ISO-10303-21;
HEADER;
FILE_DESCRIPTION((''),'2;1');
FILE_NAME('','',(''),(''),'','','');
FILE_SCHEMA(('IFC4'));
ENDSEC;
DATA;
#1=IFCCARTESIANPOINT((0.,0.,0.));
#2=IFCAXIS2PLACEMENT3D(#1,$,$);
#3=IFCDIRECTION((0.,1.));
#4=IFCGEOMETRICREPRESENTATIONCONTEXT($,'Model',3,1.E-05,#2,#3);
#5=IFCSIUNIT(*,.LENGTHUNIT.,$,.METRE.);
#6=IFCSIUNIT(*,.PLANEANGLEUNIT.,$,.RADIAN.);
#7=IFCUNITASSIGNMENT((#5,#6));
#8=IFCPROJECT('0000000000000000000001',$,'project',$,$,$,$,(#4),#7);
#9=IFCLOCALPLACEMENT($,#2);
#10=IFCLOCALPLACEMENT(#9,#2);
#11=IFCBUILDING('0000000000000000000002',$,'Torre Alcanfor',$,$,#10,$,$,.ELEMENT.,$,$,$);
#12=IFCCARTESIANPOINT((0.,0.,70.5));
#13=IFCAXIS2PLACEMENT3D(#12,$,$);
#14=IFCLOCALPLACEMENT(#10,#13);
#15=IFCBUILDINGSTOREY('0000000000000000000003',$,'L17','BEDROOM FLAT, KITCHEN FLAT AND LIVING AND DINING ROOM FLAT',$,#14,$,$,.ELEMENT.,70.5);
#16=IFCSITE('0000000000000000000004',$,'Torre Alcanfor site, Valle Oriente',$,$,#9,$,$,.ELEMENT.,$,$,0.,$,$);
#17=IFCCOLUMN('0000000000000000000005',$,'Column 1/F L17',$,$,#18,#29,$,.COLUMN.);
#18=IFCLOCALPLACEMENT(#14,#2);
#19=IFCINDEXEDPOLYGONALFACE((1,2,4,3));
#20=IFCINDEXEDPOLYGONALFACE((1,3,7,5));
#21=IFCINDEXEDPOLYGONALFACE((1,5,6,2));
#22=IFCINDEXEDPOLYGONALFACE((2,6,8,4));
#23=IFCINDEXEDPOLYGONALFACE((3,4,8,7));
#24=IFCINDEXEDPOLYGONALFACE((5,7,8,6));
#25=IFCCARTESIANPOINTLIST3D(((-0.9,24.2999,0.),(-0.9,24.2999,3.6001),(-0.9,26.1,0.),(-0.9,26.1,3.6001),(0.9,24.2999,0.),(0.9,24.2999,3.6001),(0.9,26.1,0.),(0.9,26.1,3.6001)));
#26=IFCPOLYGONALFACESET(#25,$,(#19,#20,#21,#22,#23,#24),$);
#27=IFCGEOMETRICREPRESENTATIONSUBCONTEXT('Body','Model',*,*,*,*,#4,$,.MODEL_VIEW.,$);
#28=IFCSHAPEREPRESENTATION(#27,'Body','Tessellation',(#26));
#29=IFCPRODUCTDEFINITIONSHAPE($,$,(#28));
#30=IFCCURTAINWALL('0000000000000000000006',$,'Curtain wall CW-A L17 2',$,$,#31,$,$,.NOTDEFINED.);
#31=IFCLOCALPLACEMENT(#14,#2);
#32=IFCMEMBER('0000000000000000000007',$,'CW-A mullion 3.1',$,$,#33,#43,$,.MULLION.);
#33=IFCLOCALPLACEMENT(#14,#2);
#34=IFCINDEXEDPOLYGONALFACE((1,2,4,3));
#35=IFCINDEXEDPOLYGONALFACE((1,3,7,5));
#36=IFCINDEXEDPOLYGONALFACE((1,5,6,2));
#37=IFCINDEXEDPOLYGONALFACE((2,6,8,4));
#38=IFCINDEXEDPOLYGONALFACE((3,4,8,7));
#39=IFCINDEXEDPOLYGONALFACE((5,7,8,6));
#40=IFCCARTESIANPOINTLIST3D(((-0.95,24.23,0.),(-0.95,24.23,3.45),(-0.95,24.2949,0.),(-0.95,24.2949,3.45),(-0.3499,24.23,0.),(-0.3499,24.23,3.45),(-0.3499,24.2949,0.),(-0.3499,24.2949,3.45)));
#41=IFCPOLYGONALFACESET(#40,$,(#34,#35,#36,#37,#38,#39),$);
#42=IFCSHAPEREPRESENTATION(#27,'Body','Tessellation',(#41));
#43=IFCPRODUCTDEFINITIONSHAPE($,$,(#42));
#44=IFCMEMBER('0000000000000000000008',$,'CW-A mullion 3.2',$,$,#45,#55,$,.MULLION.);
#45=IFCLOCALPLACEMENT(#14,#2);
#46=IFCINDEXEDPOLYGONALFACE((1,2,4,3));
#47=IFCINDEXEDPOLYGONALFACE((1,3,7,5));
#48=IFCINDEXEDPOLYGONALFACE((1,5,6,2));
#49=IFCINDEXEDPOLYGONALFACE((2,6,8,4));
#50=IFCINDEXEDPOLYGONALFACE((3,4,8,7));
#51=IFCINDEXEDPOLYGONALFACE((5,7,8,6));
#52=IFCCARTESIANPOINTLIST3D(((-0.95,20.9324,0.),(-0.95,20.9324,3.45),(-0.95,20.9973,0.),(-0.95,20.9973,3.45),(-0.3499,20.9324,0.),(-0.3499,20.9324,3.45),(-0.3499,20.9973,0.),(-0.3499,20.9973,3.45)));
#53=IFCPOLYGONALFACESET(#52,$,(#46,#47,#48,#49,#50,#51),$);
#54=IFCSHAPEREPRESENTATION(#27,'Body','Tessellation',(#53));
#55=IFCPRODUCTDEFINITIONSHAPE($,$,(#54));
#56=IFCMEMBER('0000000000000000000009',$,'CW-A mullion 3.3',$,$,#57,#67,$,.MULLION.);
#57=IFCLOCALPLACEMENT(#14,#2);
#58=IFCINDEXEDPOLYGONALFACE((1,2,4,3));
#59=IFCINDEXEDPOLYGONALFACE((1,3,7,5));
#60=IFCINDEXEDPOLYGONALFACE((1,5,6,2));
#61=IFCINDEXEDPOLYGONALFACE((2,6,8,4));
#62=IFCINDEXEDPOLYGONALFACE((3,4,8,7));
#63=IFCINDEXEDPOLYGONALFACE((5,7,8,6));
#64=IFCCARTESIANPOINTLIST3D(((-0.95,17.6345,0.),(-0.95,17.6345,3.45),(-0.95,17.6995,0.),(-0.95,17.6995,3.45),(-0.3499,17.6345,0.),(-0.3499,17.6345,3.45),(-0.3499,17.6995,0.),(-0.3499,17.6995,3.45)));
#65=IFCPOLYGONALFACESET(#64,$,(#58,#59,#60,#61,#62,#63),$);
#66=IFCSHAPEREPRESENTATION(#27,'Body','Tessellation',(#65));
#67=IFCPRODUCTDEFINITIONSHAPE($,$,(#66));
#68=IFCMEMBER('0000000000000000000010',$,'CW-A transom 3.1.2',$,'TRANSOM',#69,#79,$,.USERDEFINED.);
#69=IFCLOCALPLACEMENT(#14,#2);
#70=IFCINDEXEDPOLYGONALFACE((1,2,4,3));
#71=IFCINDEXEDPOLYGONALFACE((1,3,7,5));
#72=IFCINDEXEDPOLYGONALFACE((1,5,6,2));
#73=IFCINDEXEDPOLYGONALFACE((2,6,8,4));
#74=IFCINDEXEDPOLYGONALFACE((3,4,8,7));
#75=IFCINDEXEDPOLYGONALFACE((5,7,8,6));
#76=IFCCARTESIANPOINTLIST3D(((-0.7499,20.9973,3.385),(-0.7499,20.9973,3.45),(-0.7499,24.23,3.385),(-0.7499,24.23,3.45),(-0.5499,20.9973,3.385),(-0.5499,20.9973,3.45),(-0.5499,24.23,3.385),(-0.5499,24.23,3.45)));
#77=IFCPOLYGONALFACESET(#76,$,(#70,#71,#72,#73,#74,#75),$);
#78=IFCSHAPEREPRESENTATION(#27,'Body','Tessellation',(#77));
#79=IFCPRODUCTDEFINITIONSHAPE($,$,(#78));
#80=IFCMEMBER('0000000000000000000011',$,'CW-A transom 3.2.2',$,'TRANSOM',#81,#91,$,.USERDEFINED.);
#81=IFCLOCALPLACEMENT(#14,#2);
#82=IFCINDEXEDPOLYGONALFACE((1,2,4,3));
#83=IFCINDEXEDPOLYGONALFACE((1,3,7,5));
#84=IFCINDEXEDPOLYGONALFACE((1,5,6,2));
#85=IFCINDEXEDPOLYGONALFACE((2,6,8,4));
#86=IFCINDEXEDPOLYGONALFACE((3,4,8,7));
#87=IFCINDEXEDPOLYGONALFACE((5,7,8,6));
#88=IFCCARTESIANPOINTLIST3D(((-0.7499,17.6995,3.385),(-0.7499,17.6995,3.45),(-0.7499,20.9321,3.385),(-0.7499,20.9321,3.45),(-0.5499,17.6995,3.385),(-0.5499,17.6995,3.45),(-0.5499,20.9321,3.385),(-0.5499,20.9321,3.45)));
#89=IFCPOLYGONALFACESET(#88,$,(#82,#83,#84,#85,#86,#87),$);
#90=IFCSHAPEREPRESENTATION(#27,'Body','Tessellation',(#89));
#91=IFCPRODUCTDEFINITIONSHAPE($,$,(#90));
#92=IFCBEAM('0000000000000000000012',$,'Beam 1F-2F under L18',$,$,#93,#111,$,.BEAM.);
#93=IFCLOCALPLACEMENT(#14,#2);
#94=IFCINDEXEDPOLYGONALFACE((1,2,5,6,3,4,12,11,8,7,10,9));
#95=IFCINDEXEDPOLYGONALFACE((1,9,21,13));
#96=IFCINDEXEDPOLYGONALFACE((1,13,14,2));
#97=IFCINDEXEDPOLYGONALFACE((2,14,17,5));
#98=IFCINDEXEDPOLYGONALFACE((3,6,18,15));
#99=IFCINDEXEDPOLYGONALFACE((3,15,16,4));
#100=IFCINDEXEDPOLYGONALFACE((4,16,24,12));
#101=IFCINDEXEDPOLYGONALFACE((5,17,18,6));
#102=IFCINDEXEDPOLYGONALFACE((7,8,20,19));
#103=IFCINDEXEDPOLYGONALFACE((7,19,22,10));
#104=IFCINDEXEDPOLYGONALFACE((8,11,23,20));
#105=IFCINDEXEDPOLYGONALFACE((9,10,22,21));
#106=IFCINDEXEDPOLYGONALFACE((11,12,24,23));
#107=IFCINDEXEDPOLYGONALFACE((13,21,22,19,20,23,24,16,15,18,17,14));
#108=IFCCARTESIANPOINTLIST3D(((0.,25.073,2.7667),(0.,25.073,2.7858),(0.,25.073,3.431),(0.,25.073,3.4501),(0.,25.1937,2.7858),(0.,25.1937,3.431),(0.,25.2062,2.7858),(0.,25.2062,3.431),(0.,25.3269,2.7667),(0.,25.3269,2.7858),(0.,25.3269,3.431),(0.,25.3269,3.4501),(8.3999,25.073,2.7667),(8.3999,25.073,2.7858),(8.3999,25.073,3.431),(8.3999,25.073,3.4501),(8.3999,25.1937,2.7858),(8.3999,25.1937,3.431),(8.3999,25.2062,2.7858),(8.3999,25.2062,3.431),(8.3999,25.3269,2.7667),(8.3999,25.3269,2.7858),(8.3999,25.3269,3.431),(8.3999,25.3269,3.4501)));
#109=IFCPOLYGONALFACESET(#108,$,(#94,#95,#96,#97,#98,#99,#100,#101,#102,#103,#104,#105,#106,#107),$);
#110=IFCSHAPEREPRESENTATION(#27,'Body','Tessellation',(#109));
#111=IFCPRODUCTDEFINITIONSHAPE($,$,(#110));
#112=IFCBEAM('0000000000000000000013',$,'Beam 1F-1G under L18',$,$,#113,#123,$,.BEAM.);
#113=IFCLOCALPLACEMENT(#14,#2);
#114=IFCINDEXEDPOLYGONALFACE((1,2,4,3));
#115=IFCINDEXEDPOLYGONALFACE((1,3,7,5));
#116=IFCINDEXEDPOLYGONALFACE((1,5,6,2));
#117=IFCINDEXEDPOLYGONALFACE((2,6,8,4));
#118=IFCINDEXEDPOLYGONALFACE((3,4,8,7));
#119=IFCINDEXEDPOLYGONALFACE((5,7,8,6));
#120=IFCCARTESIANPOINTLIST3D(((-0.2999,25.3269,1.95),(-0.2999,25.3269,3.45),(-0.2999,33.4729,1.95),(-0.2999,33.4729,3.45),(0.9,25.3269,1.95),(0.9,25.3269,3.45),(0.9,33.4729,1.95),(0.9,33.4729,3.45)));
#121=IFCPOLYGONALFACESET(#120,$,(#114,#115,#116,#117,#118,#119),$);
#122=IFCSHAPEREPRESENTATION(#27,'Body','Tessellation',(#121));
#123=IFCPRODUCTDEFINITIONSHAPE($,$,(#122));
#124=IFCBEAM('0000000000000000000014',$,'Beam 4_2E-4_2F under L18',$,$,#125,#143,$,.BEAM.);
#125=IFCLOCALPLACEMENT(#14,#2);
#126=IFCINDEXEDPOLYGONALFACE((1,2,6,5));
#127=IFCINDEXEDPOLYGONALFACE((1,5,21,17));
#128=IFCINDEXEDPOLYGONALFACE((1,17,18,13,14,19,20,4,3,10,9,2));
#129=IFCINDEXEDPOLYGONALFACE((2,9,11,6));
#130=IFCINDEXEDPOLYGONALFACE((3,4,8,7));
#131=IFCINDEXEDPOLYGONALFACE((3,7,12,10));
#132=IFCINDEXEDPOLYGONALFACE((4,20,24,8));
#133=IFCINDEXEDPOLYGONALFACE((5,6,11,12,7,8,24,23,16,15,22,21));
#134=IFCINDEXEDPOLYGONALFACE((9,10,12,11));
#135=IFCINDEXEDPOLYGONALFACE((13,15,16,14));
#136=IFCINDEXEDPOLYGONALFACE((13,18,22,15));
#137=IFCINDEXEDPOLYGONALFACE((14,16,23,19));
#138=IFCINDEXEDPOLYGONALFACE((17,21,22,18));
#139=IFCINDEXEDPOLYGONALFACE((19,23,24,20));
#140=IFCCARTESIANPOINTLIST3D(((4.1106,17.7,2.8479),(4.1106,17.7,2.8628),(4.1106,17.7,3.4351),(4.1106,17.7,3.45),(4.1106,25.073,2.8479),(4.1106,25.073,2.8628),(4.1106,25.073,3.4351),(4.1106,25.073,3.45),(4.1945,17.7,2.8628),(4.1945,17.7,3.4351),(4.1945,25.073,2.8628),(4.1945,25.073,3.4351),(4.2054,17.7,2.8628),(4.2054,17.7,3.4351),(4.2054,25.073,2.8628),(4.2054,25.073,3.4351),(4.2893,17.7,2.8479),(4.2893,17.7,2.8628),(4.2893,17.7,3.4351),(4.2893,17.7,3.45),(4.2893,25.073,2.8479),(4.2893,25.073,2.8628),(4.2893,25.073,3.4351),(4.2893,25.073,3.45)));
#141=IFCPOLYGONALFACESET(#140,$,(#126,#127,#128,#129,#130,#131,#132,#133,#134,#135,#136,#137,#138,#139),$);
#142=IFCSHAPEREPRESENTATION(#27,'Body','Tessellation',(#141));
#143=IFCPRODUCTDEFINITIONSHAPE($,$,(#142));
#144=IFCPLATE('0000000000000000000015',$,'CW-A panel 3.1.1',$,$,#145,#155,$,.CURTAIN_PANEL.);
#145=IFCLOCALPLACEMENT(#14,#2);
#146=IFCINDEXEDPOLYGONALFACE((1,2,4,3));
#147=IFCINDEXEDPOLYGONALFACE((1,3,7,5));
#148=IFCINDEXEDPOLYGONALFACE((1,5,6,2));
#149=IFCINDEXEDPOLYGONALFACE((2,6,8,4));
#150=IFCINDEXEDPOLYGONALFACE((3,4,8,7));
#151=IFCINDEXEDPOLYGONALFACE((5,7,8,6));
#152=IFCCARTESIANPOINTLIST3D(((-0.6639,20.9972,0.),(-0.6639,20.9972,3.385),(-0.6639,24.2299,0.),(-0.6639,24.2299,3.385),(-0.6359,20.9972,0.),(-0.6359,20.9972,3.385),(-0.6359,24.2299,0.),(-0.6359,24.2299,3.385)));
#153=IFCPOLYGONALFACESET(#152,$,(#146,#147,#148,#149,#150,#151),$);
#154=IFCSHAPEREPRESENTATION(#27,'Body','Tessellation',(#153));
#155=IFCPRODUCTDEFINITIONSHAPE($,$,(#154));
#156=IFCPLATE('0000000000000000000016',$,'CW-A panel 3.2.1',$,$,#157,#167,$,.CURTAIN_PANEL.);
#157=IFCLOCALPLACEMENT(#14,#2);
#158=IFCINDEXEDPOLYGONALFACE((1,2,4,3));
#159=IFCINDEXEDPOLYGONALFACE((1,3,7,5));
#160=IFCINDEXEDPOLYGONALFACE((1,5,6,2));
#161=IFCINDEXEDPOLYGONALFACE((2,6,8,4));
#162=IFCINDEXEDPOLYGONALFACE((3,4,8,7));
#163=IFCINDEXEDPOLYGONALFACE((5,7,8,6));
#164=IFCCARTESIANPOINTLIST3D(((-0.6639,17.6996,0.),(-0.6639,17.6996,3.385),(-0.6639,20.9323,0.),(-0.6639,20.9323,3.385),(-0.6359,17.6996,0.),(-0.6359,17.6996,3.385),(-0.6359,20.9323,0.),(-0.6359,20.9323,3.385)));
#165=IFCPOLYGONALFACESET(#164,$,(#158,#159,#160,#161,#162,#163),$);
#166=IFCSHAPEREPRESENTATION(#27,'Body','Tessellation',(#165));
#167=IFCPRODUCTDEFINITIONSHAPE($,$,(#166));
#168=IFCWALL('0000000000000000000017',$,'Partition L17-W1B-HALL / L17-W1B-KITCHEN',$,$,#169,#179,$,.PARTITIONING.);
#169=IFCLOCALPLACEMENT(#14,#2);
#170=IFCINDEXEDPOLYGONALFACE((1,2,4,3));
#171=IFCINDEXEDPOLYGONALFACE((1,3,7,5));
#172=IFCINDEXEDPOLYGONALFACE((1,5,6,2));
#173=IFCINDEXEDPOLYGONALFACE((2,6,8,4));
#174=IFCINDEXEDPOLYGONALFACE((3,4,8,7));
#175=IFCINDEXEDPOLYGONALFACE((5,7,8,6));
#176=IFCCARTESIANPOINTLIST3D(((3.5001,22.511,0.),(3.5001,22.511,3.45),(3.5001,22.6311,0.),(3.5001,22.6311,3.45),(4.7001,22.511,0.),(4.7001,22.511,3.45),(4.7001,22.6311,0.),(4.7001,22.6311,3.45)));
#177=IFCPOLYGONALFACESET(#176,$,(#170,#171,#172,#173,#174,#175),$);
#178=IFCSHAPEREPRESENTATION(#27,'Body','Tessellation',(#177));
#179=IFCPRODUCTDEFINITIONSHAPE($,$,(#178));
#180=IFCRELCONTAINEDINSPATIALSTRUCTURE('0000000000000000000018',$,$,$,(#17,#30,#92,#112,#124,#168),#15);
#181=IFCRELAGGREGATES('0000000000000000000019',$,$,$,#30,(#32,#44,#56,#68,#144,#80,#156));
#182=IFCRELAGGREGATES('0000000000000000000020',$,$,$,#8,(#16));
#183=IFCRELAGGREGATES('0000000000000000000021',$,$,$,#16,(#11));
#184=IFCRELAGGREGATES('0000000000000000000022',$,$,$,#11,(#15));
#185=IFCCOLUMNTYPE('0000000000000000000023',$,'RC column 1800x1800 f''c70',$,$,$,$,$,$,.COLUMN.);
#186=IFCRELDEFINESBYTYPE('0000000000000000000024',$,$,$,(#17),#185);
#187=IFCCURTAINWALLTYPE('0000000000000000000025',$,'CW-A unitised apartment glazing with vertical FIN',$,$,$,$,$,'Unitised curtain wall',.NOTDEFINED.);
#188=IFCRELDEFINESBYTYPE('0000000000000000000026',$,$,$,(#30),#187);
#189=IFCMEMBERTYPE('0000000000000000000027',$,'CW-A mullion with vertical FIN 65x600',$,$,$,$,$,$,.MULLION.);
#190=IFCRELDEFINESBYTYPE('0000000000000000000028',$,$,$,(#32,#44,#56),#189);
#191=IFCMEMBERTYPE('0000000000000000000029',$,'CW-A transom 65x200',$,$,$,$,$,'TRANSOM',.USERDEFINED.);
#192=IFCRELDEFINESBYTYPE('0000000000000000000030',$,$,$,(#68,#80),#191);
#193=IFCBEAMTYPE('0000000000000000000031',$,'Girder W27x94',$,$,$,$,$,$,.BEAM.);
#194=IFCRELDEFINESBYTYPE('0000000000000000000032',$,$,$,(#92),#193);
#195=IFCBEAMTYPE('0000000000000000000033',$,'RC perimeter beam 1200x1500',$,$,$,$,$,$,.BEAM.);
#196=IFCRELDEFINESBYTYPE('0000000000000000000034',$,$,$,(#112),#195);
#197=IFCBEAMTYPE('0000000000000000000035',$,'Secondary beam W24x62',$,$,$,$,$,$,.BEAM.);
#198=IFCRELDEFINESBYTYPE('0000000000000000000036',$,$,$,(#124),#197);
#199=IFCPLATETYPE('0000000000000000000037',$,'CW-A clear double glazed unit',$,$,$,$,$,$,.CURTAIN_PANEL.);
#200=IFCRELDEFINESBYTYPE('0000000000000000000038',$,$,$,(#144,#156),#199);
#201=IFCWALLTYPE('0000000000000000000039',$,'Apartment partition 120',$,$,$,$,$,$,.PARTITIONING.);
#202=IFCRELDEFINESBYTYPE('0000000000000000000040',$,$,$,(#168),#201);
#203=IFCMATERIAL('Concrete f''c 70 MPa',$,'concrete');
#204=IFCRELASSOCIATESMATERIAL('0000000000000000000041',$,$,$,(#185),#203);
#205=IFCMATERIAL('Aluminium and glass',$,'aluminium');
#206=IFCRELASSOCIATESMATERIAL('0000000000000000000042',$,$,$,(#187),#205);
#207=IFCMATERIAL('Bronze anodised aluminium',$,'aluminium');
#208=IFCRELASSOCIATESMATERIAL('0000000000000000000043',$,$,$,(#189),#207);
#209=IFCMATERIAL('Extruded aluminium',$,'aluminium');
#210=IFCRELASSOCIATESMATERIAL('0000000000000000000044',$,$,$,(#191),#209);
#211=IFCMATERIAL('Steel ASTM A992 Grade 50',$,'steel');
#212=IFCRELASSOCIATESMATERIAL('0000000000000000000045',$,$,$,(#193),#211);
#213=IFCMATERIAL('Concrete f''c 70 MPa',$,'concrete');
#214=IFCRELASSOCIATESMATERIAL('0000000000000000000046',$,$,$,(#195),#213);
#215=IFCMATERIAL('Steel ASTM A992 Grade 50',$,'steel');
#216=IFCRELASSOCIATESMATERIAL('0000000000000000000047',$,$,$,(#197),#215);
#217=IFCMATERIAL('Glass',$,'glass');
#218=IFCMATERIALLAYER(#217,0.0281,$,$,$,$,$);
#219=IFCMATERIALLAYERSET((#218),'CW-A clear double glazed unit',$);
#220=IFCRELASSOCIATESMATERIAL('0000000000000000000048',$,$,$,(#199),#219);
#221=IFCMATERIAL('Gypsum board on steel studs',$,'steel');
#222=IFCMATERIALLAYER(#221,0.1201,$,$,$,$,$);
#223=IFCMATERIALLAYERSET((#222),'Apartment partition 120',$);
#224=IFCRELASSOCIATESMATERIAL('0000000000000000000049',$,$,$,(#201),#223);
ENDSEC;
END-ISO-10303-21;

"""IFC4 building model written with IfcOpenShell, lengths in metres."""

from ifc_helpers import new_model, si_unit, direction, frame, frame_2d, origin, origin_2d, place, context, subcontext, project, spatial, rectangle, i_section, extrude, material, layer, layer_set, material_profile, profile_set, type_object, element, aggregate, save


model = new_model("IFC4")

# Units and contexts
model_context = context("Model", 3, precision=1e-05, world=origin(), true_north=direction((0.0, 1.0)))
body_context = subcontext(model_context, "Body", "Model", "MODEL_VIEW")
ifc_project = project(units=[si_unit("LENGTHUNIT", "METRE"), si_unit("PLANEANGLEUNIT", "RADIAN")], contexts=[model_context])

# Site, building, storey
site_placement = place(None, origin())
site = spatial("IfcSite", under=ifc_project, at=site_placement, Name="Torre Alcanfor site, Valle Oriente", CompositionType="ELEMENT", RefElevation=0.0)
building_placement = place(site_placement, origin())
building = spatial("IfcBuilding", under=site, at=building_placement, Name="Torre Alcanfor", CompositionType="ELEMENT")
storey_placement = place(building_placement, frame((0.0, 0.0, 70.5)))
storey = spatial("IfcBuildingStorey", under=building, at=storey_placement, Name="L17", Description="BEDROOM FLAT, KITCHEN FLAT AND LIVING AND DINING ROOM FLAT", CompositionType="ELEMENT", Elevation=70.5)

# Column
ifc_material_1 = material(Name="Concrete f'c 70 MPa", Category="concrete")
ifc_material_profile_1 = material_profile(ifc_material_1, rectangle(XDim=1.8, YDim=1.8, at=origin_2d()), Name="1800x1800")
ifc_profile_set_1 = profile_set([ifc_material_profile_1], Name="Concrete f'c 70 MPa")
column_type = type_object("IfcColumnType", Name="RC column 1800x1800 f'c70", PredefinedType="COLUMN", material=ifc_profile_set_1)
column_placement = place(storey_placement, frame((0.0, 25.2, 0.0), z_axis=(0.0, 0.0, 1.0), x_axis=(1.0, 0.0, 0.0)))
element("IfcColumn", 1, at=column_placement, inside=storey, type_object=column_type, Name="Column 1/F L17", PredefinedType="COLUMN", context=body_context, shape_type="SweptSolid", body=[
    extrude(rectangle(XDim=1.8, YDim=1.8, at=origin_2d()), origin(), (0.0, 0.0, 1.0), 3.6001),
])

# Curtain wall, members
ifc_material_2 = material(Name="Aluminium and glass", Category="aluminium")
curtain_wall_type = type_object("IfcCurtainWallType", Name="CW-A unitised apartment glazing with vertical FIN", ElementType="Unitised curtain wall", PredefinedType="NOTDEFINED", material=ifc_material_2)
curtain_wall_placement = place(storey_placement, origin())
curtain_wall = element("IfcCurtainWall", 2, at=curtain_wall_placement, inside=storey, type_object=curtain_wall_type, Name="Curtain wall CW-A L17 2", PredefinedType="NOTDEFINED")
ifc_material_3 = material(Name="Bronze anodised aluminium", Category="aluminium")
ifc_material_profile_2 = material_profile(ifc_material_3, rectangle(XDim=0.6001, YDim=0.0649, at=origin_2d()), Name="CW-A mullion 65x600")
ifc_profile_set_2 = profile_set([ifc_material_profile_2], Name="Bronze anodised aluminium")
member_type_1 = type_object("IfcMemberType", Name="CW-A mullion with vertical FIN 65x600", PredefinedType="MULLION", material=ifc_profile_set_2)
member_1_placement = place(storey_placement, frame((-0.6499, 24.2625, 0.0), z_axis=(0.0, 0.0, 1.0), x_axis=(1.0, 0.0, 0.0)))
member_1 = element("IfcMember", 3, at=member_1_placement, type_object=member_type_1, Name="CW-A mullion 3.1", PredefinedType="MULLION", context=body_context, shape_type="SweptSolid", body=[
    extrude(rectangle(XDim=0.6001, YDim=0.0649, at=origin_2d()), origin(), (0.0, 0.0, 1.0), 3.45),
])
member_2_placement = place(storey_placement, frame((-0.6499, 20.9648, 0.0), z_axis=(0.0, 0.0, 1.0), x_axis=(1.0, 0.0, 0.0)))
member_2 = element("IfcMember", 4, at=member_2_placement, type_object=member_type_1, Name="CW-A mullion 3.2", PredefinedType="MULLION", context=body_context, shape_type="SweptSolid", body=[
    extrude(rectangle(XDim=0.6001, YDim=0.0649, at=origin_2d()), origin(), (0.0, 0.0, 1.0), 3.45),
])
member_3_placement = place(storey_placement, frame((-0.6499, 17.667, 0.0), z_axis=(0.0, 0.0, 1.0), x_axis=(1.0, 0.0, 0.0)))
member_3 = element("IfcMember", 5, at=member_3_placement, type_object=member_type_1, Name="CW-A mullion 3.3", PredefinedType="MULLION", context=body_context, shape_type="SweptSolid", body=[
    extrude(rectangle(XDim=0.6001, YDim=0.0649, at=origin_2d()), origin(), (0.0, 0.0, 1.0), 3.45),
])
ifc_material_4 = material(Name="Extruded aluminium", Category="aluminium")
ifc_material_profile_3 = material_profile(ifc_material_4, rectangle(XDim=0.2, YDim=0.0649, at=origin_2d()), Name="CW-A transom 200x65")
ifc_profile_set_3 = profile_set([ifc_material_profile_3], Name="Extruded aluminium")
member_type_2 = type_object("IfcMemberType", Name="CW-A transom 65x200", ElementType="TRANSOM", PredefinedType="USERDEFINED", material=ifc_profile_set_3)
member_4_placement = place(storey_placement, frame((-0.6499, 24.23, 3.4175), z_axis=(0.0, -1.0, 0.0), x_axis=(1.0, 0.0, 0.0)))
member_4 = element("IfcMember", 6, at=member_4_placement, type_object=member_type_2, Name="CW-A transom 3.1.2", ObjectType="TRANSOM", PredefinedType="USERDEFINED", context=body_context, shape_type="SweptSolid", body=[
    extrude(rectangle(XDim=0.2, YDim=0.0649, at=origin_2d()), origin(), (0.0, 0.0, 1.0), 3.2327),
])
member_5_placement = place(storey_placement, frame((-0.6499, 20.9321, 3.4175), z_axis=(0.0, -1.0, 0.0), x_axis=(1.0, 0.0, 0.0)))
member_5 = element("IfcMember", 7, at=member_5_placement, type_object=member_type_2, Name="CW-A transom 3.2.2", ObjectType="TRANSOM", PredefinedType="USERDEFINED", context=body_context, shape_type="SweptSolid", body=[
    extrude(rectangle(XDim=0.2, YDim=0.0649, at=origin_2d()), origin(), (0.0, 0.0, 1.0), 3.2327),
])

# Beams
ifc_material_5 = material(Name="Steel ASTM A992 Grade 50", Category="steel")
ifc_material_profile_4 = material_profile(ifc_material_5, i_section(OverallWidth=0.2539, OverallDepth=0.6833, WebThickness=0.0125, FlangeThickness=0.019, at=origin_2d()), Name="W27x94")
ifc_profile_set_4 = profile_set([ifc_material_profile_4], Name="Steel ASTM A992 Grade 50")
beam_type_1 = type_object("IfcBeamType", Name="Girder W27x94", PredefinedType="BEAM", material=ifc_profile_set_4)
beam_1_placement = place(storey_placement, frame((0.0, 25.2, 3.1084), z_axis=(1.0, 0.0, 0.0), x_axis=(0.0, 1.0, 0.0)))
element("IfcBeam", 8, at=beam_1_placement, inside=storey, type_object=beam_type_1, Name="Beam 1F-2F under L18", PredefinedType="BEAM", context=body_context, shape_type="SweptSolid", body=[
    extrude(i_section(OverallWidth=0.2539, OverallDepth=0.6833, WebThickness=0.0125, FlangeThickness=0.019, at=origin_2d()), origin(), (0.0, 0.0, 1.0), 8.3999),
])
ifc_material_6 = material(Name="Concrete f'c 70 MPa", Category="concrete")
ifc_material_profile_5 = material_profile(ifc_material_6, rectangle(XDim=1.2, YDim=1.5, at=origin_2d()), Name="1200x1500")
ifc_profile_set_5 = profile_set([ifc_material_profile_5], Name="Concrete f'c 70 MPa")
beam_type_2 = type_object("IfcBeamType", Name="RC perimeter beam 1200x1500", PredefinedType="BEAM", material=ifc_profile_set_5)
beam_2_placement = place(storey_placement, frame((0.3, 25.3269, 2.7), z_axis=(0.0, 1.0, 0.0), x_axis=(-1.0, 0.0, 0.0)))
element("IfcBeam", 9, at=beam_2_placement, inside=storey, type_object=beam_type_2, Name="Beam 1F-1G under L18", PredefinedType="BEAM", context=body_context, shape_type="SweptSolid", body=[
    extrude(rectangle(XDim=1.2, YDim=1.5, at=origin_2d()), origin(), (0.0, 0.0, 1.0), 8.146),
])
ifc_material_7 = material(Name="Steel ASTM A992 Grade 50", Category="steel")
ifc_material_profile_6 = material_profile(ifc_material_7, i_section(OverallWidth=0.1787, OverallDepth=0.6021, WebThickness=0.011, FlangeThickness=0.0149, at=origin_2d()), Name="W24x62")
ifc_profile_set_6 = profile_set([ifc_material_profile_6], Name="Steel ASTM A992 Grade 50")
beam_type_3 = type_object("IfcBeamType", Name="Secondary beam W24x62", PredefinedType="BEAM", material=ifc_profile_set_6)
beam_3_placement = place(storey_placement, frame((4.2, 17.7, 3.1489), z_axis=(0.0, 1.0, 0.0), x_axis=(-1.0, 0.0, 0.0)))
element("IfcBeam", 10, at=beam_3_placement, inside=storey, type_object=beam_type_3, Name="Beam 4_2E-4_2F under L18", PredefinedType="BEAM", context=body_context, shape_type="SweptSolid", body=[
    extrude(i_section(OverallWidth=0.1787, OverallDepth=0.6021, WebThickness=0.011, FlangeThickness=0.0149, at=origin_2d()), origin(), (0.0, 0.0, 1.0), 7.373),
])

# Plates
ifc_material_8 = material(Name="Glass", Category="glass")
ifc_layer_1 = layer(ifc_material_8, 0.0281)
ifc_layer_set_1 = layer_set([ifc_layer_1], Name="CW-A clear double glazed unit")
plate_type = type_object("IfcPlateType", Name="CW-A clear double glazed unit", PredefinedType="CURTAIN_PANEL", material=ifc_layer_set_1)
plate_1_placement = place(storey_placement, frame((-0.6499, 22.6135, 0.0), z_axis=(0.0, 0.0, 1.0), x_axis=(0.0, -1.0, 0.0)))
plate_1 = element("IfcPlate", 11, at=plate_1_placement, type_object=plate_type, Name="CW-A panel 3.1.1", PredefinedType="CURTAIN_PANEL", context=body_context, shape_type="SweptSolid", body=[
    extrude(rectangle(XDim=3.2327, YDim=0.0281, at=origin_2d()), origin(), (0.0, 0.0, 1.0), 3.385),
])
plate_2_placement = place(storey_placement, frame((-0.6499, 19.3159, 0.0), z_axis=(0.0, 0.0, 1.0), x_axis=(0.0, -1.0, 0.0)))
plate_2 = element("IfcPlate", 12, at=plate_2_placement, type_object=plate_type, Name="CW-A panel 3.2.1", PredefinedType="CURTAIN_PANEL", context=body_context, shape_type="SweptSolid", body=[
    extrude(rectangle(XDim=3.2327, YDim=0.0281, at=origin_2d()), origin(), (0.0, 0.0, 1.0), 3.385),
])
aggregate(curtain_wall, [member_1, member_2, member_3, member_4, plate_1, member_5, plate_2])

# Wall
ifc_material_9 = material(Name="Gypsum board on steel studs", Category="steel")
ifc_layer_2 = layer(ifc_material_9, 0.1201)
ifc_layer_set_2 = layer_set([ifc_layer_2], Name="Apartment partition 120")
wall_type_1 = type_object("IfcWallType", Name="Apartment partition 120", PredefinedType="PARTITIONING", material=ifc_layer_set_2)
wall_1_placement = place(storey_placement, frame((3.5, 22.571, 0.0), z_axis=(0.0, 0.0, 1.0), x_axis=(1.0, 0.0, 0.0)))
element("IfcWall", 13, at=wall_1_placement, inside=storey, type_object=wall_type_1, Name="Partition L17-W1B-HALL / L17-W1B-KITCHEN", PredefinedType="PARTITIONING", context=body_context, shape_type="SweptSolid", body=[
    extrude(rectangle(XDim=1.2, YDim=0.1201, at=frame_2d((0.6001, 0.0))), origin(), (0.0, 0.0, 1.0), 3.45),
])

save(model, "model.ifc")
